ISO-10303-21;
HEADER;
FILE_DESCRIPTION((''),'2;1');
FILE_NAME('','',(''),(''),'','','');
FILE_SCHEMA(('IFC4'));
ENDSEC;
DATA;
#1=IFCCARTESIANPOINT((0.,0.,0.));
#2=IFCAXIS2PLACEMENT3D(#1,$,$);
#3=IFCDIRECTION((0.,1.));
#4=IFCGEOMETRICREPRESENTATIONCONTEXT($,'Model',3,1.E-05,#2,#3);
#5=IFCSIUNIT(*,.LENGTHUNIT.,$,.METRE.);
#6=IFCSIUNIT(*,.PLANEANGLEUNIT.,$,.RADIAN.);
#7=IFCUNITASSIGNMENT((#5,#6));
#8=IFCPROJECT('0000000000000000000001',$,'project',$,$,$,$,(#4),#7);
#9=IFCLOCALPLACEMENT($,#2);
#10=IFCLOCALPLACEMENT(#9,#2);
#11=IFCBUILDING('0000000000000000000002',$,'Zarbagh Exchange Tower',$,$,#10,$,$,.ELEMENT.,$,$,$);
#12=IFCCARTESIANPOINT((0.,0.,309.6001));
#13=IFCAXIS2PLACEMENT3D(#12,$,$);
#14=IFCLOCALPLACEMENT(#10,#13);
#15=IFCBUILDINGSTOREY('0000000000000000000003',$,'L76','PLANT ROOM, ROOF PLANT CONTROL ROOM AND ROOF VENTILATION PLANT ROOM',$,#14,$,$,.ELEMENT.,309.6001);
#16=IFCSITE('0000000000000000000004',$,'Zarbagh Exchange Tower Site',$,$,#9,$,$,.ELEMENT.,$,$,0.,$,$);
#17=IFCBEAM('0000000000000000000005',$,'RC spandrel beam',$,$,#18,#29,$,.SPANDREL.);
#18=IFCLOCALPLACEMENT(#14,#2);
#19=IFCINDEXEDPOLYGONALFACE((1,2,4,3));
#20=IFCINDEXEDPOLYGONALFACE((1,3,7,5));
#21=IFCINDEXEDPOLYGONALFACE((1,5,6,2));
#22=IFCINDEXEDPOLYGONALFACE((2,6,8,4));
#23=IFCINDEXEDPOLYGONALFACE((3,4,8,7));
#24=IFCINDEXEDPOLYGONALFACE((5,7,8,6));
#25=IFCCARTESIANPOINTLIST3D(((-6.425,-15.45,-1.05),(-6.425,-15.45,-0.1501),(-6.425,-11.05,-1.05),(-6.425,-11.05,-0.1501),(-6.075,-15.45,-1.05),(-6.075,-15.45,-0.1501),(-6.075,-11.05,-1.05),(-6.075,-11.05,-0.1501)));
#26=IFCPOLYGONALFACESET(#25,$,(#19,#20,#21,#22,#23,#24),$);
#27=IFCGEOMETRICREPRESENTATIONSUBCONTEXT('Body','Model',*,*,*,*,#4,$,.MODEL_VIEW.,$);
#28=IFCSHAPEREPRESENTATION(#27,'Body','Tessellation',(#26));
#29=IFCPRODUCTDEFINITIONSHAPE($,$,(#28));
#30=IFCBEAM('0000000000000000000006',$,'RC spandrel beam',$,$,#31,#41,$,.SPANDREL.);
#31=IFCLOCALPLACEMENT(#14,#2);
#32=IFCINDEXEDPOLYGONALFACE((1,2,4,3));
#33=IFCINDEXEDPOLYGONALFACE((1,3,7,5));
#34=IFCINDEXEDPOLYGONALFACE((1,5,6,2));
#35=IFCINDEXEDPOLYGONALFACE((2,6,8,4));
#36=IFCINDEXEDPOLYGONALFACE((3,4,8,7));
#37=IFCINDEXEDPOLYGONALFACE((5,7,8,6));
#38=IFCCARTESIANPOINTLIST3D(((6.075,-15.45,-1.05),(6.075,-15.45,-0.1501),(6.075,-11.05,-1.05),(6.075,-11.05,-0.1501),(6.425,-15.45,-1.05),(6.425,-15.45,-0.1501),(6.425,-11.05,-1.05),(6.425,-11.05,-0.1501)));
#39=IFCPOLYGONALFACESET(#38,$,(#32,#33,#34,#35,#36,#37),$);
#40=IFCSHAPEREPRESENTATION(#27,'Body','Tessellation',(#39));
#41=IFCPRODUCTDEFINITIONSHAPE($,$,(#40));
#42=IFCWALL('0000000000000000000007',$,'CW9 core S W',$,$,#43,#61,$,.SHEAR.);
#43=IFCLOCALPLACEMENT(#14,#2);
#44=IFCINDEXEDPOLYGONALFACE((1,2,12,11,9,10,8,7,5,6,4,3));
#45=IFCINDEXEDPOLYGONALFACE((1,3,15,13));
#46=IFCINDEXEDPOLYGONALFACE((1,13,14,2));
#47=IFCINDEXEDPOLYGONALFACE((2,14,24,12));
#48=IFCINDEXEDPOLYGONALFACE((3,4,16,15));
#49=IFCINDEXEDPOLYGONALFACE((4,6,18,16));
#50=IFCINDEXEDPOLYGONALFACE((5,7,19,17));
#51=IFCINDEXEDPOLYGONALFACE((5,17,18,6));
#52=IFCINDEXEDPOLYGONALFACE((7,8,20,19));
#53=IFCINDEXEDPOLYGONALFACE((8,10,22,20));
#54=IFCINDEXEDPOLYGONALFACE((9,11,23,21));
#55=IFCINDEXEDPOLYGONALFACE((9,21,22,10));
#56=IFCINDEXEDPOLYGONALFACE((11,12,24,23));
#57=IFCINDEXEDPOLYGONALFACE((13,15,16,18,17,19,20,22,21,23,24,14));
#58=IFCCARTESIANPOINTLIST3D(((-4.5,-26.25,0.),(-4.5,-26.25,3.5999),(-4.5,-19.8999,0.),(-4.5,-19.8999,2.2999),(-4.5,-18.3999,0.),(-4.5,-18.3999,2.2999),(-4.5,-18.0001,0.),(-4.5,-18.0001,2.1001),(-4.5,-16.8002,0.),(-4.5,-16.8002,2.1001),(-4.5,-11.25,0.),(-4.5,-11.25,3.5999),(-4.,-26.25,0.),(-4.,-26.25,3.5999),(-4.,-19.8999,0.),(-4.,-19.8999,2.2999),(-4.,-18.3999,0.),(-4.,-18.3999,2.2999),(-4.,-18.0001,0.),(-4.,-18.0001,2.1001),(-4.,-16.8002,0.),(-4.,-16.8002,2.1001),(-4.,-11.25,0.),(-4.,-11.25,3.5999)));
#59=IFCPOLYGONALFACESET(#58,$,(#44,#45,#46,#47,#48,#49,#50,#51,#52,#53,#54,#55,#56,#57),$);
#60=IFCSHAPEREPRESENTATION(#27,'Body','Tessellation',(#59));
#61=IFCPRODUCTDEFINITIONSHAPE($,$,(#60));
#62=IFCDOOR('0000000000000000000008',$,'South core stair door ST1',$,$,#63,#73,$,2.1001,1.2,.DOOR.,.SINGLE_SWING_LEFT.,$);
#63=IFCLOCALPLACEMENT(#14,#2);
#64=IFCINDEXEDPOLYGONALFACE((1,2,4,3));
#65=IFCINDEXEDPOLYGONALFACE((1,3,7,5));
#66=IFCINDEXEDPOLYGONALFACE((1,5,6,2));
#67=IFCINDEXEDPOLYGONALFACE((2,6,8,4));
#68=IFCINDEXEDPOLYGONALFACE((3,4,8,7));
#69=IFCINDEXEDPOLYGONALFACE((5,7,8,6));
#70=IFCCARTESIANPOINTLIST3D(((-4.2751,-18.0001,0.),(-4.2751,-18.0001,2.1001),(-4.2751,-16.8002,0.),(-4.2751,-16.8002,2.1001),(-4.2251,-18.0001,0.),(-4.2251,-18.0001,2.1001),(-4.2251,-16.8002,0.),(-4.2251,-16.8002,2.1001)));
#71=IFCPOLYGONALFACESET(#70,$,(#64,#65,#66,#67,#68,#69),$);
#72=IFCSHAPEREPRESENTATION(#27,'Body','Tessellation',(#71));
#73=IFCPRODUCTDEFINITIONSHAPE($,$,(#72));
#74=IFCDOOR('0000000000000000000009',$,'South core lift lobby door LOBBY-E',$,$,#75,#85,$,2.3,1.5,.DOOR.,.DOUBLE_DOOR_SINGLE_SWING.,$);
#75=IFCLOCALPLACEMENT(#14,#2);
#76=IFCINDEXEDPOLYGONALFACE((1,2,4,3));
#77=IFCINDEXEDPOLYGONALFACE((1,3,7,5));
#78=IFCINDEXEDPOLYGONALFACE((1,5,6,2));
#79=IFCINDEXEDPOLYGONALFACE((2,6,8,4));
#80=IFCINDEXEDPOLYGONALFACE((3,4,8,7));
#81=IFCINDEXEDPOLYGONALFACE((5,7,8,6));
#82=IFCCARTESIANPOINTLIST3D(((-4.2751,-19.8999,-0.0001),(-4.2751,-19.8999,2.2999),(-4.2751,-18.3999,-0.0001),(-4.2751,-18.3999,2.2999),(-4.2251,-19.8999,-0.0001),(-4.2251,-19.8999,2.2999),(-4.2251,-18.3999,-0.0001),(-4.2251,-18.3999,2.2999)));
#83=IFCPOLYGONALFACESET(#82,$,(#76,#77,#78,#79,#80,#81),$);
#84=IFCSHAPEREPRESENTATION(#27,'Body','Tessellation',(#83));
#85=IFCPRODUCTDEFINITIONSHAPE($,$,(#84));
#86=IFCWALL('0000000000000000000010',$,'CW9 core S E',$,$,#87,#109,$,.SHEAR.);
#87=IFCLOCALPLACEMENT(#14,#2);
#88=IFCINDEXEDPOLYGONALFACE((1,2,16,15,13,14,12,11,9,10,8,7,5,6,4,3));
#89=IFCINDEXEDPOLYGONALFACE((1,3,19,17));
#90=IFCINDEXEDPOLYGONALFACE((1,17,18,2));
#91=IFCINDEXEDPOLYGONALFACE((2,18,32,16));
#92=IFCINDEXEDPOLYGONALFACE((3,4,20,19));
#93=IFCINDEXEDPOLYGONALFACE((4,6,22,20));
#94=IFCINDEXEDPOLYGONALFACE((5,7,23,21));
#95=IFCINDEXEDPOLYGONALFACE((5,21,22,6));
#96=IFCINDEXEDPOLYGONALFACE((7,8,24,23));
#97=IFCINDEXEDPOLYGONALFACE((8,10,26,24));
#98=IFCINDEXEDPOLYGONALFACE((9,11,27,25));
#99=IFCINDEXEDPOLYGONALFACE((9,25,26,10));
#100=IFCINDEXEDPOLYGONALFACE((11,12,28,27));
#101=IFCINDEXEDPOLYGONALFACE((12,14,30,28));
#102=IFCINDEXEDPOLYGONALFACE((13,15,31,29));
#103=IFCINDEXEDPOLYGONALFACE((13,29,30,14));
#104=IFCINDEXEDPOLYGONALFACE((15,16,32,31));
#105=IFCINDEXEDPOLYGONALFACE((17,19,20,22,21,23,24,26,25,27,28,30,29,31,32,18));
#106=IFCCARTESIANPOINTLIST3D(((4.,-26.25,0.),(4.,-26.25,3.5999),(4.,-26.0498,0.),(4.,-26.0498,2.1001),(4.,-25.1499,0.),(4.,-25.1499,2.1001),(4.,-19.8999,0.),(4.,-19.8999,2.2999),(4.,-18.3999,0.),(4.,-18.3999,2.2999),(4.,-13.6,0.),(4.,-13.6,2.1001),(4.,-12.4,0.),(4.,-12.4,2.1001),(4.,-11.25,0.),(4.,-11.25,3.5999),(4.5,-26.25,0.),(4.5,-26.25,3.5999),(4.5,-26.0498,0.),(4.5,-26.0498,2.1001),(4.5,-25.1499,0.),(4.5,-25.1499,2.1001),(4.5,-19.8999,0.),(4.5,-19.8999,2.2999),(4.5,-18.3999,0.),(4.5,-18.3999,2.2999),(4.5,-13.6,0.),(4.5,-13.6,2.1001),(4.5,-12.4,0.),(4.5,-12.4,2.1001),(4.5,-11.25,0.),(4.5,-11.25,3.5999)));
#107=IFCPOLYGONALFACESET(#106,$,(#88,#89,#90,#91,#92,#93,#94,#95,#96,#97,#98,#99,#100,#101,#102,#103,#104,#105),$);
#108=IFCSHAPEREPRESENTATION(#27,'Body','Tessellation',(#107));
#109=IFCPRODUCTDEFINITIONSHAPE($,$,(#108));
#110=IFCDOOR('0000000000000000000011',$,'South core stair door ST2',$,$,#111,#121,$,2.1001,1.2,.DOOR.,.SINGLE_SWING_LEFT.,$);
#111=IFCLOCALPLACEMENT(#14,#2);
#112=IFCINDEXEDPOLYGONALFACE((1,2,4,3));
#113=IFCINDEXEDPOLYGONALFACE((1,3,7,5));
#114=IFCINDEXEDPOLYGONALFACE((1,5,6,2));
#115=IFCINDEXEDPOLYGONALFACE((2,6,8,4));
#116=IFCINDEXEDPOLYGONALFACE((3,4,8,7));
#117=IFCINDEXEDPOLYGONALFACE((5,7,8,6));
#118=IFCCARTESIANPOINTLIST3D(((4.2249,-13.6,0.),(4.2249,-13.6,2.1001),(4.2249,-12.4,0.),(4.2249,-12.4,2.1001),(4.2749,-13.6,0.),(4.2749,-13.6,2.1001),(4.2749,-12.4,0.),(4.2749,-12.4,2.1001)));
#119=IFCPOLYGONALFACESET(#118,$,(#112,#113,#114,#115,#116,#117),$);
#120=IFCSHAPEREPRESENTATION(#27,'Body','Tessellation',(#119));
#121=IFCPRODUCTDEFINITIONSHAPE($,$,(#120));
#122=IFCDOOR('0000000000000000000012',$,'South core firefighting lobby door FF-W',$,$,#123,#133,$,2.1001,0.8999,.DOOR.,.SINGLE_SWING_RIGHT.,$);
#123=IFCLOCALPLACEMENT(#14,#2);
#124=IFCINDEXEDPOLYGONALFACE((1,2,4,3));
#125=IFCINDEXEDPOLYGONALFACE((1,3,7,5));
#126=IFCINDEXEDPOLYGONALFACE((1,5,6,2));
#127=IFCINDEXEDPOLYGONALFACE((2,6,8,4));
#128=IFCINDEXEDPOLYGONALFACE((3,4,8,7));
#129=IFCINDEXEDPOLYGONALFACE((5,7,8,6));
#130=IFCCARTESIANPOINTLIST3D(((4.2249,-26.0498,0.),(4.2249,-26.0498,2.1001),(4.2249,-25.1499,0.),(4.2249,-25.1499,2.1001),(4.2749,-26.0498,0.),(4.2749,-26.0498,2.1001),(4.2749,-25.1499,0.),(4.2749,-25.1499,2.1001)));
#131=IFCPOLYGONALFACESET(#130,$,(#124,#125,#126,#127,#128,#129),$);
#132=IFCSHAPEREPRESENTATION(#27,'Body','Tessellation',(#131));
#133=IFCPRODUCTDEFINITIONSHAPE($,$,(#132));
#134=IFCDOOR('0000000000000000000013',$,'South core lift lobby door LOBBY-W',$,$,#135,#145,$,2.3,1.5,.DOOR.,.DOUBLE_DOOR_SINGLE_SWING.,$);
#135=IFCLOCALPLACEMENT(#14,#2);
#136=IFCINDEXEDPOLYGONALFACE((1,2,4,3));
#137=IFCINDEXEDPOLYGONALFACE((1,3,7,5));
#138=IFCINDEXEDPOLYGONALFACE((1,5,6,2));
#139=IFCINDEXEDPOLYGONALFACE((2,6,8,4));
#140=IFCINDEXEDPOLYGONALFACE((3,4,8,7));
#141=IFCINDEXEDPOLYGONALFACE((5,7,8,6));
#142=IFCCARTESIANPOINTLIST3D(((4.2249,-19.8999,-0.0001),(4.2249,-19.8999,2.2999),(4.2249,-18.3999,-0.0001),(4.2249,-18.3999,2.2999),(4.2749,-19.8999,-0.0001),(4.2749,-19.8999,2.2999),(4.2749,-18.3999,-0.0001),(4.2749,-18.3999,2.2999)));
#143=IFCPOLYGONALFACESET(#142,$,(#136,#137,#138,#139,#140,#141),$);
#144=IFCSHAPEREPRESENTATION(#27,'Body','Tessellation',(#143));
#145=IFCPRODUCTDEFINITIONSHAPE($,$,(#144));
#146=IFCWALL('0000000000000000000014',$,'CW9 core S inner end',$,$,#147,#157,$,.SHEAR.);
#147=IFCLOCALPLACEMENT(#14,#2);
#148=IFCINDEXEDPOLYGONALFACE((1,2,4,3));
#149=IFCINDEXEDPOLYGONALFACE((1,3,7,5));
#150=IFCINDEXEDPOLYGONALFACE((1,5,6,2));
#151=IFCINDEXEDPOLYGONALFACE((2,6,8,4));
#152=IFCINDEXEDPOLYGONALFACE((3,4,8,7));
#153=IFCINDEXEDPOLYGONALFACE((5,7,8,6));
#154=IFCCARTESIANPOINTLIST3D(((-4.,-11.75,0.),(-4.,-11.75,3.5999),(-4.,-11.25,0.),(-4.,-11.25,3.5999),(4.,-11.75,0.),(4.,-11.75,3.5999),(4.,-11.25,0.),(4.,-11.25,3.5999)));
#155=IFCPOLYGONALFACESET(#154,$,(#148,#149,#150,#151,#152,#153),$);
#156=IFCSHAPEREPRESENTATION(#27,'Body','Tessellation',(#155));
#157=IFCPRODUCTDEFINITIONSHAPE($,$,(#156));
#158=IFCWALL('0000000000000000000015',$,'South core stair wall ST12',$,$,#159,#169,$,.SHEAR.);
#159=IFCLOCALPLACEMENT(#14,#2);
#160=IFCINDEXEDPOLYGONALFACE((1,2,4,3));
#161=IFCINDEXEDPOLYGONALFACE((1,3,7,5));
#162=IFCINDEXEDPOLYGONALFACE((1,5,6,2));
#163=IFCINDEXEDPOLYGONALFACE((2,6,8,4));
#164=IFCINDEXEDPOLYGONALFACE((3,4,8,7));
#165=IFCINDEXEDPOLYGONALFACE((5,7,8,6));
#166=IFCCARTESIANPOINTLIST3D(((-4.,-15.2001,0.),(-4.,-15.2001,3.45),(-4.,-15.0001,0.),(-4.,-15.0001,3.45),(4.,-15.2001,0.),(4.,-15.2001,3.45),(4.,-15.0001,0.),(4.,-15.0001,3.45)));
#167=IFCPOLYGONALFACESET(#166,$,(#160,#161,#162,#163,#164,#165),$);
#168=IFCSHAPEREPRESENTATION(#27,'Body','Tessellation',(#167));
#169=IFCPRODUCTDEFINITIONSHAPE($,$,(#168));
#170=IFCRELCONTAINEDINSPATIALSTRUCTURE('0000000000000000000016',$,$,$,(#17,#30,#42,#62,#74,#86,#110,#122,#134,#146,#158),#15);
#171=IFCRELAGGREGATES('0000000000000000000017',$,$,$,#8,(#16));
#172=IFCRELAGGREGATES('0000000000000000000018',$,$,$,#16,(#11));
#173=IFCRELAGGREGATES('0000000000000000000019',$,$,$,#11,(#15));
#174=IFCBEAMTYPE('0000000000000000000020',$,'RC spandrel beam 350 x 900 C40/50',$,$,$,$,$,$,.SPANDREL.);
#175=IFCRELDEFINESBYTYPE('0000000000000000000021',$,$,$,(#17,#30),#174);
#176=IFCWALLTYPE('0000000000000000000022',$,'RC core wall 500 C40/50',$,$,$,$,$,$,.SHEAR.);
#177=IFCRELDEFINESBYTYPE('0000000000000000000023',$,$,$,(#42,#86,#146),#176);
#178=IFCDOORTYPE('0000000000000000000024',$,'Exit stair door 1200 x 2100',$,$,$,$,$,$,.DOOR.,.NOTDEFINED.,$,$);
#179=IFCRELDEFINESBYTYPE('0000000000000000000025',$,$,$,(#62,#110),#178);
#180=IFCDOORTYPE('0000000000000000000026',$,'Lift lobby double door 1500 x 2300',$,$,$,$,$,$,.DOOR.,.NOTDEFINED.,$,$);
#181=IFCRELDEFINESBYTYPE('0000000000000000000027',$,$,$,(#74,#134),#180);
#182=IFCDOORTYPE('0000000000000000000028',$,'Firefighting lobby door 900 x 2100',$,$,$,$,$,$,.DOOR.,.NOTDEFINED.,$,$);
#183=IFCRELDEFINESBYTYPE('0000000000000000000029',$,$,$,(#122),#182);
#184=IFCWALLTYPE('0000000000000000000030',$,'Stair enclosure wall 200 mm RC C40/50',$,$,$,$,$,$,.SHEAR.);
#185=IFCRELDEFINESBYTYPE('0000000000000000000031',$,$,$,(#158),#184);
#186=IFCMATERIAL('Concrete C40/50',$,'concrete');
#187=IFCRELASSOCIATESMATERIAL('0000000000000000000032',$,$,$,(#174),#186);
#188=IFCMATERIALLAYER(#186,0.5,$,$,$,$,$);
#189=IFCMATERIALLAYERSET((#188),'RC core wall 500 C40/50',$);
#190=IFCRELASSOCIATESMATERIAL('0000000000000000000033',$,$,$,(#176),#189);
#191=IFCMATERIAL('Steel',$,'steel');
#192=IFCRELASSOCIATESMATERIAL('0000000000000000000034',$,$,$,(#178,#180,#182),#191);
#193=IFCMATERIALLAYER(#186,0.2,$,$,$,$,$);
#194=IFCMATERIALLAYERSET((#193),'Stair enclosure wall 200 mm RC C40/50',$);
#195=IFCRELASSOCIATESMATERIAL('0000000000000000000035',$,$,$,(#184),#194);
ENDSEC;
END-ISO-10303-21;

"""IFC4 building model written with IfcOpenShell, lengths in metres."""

from ifc_helpers import new_model, si_unit, direction, frame, frame_2d, origin, origin_2d, place, context, subcontext, project, spatial, rectangle, extrude, material, layer, layer_set, material_profile, profile_set, type_object, element, fill, save


model = new_model("IFC4")

# Units and contexts
model_context = context("Model", 3, precision=1e-05, world=origin(), true_north=direction((0.0, 1.0)))
body_context = subcontext(model_context, "Body", "Model", "MODEL_VIEW")
ifc_project = project(units=[si_unit("LENGTHUNIT", "METRE"), si_unit("PLANEANGLEUNIT", "RADIAN")], contexts=[model_context])

# Site, building, storey
site_placement = place(None, origin())
site = spatial("IfcSite", under=ifc_project, at=site_placement, Name="Zarbagh Exchange Tower Site", CompositionType="ELEMENT", RefElevation=0.0)
building_placement = place(site_placement, origin())
building = spatial("IfcBuilding", under=site, at=building_placement, Name="Zarbagh Exchange Tower", CompositionType="ELEMENT")
storey_placement = place(building_placement, frame((0.0, 0.0, 309.6001)))
storey = spatial("IfcBuildingStorey", under=building, at=storey_placement, Name="L76", Description="PLANT ROOM, ROOF PLANT CONTROL ROOM AND ROOF VENTILATION PLANT ROOM", CompositionType="ELEMENT", Elevation=309.6001)

# Beams
ifc_material_1 = material(Name="Concrete C40/50", Category="concrete")
ifc_material_profile = material_profile(ifc_material_1, rectangle(XDim=0.3501, YDim=0.8999, at=origin_2d()), Name="RC spandrel beam 350 x 900 C40/50")
ifc_profile_set = profile_set([ifc_material_profile], Name="Concrete C40/50")
beam_type = type_object("IfcBeamType", Name="RC spandrel beam 350 x 900 C40/50", PredefinedType="SPANDREL", material=ifc_profile_set)
for number, where, z_axis, x_axis, name in (
    (1, (-6.25, -15.45, -0.6001), (0.0, 1.0, 0.0), (-1.0, 0.0, 0.0), "RC spandrel beam"),
    (2, (6.25, -11.05, -0.6001), (0.0, -1.0, 0.0), (1.0, 0.0, 0.0), "RC spandrel beam"),
):
    element("IfcBeam", number, at=place(storey_placement, frame(where, z_axis=z_axis, x_axis=x_axis)), inside=storey, type_object=beam_type, Name=name, PredefinedType="SPANDREL", context=body_context, shape_type="SweptSolid", body=[
        extrude(rectangle(XDim=0.3501, YDim=0.8999, at=origin_2d()), origin(), (0.0, 0.0, 1.0), 4.3999),
    ])

# Walls, openings, doors
ifc_layer_1 = layer(ifc_material_1, 0.5)
ifc_layer_set_1 = layer_set([ifc_layer_1], Name="RC core wall 500 C40/50")
wall_type_1 = type_object("IfcWallType", Name="RC core wall 500 C40/50", PredefinedType="SHEAR", material=ifc_layer_set_1)
wall_1_placement = place(storey_placement, frame((-4.25, -11.25, 0.0), z_axis=(0.0, 0.0, 1.0), x_axis=(0.0, -1.0, 0.0)))
wall_1 = element("IfcWall", 3, at=wall_1_placement, inside=storey, type_object=wall_type_1, Name="CW9 core S W", PredefinedType="SHEAR", context=body_context, shape_type="SweptSolid", body=[
    extrude(rectangle(XDim=15.0, YDim=0.5, at=frame_2d((7.5, 0.0))), origin(), (0.0, 0.0, 1.0), 3.5999),
])
opening_1_placement = place(wall_1_placement, frame((7.1499, 0.0, 0.0)))
opening_1 = element("IfcOpeningElement", 4, at=opening_1_placement, cuts=wall_1, PredefinedType="OPENING", context=body_context, shape_type="SweptSolid", body=[
    extrude(rectangle(XDim=1.5, YDim=2.3, at=frame_2d((0.75, 1.1499))), frame((0.0, 0.26, 0.0), z_axis=(0.0, -1.0, 0.0), x_axis=(1.0, 0.0, 0.0)), (0.0, 0.0, 1.0), 0.52),
])
opening_2_placement = place(wall_1_placement, frame((5.55, 0.0, 0.0)))
opening_2 = element("IfcOpeningElement", 5, at=opening_2_placement, cuts=wall_1, PredefinedType="OPENING", context=body_context, shape_type="SweptSolid", body=[
    extrude(rectangle(XDim=1.2, YDim=2.1001, at=frame_2d((0.6001, 1.05))), frame((0.0, 0.26, 0.0), z_axis=(0.0, -1.0, 0.0), x_axis=(1.0, 0.0, 0.0)), (0.0, 0.0, 1.0), 0.52),
])
ifc_material_2 = material(Name="Steel", Category="steel")
door_type_1 = type_object("IfcDoorType", Name="Exit stair door 1200 x 2100", OperationType="NOTDEFINED", PredefinedType="DOOR", material=ifc_material_2)
door_1_placement = place(opening_2_placement, origin())
door_1 = element("IfcDoor", 6, at=door_1_placement, inside=storey, type_object=door_type_1, Name="South core stair door ST1", OperationType="SINGLE_SWING_LEFT", OverallHeight=2.1001, OverallWidth=1.2, PredefinedType="DOOR", context=body_context, shape_type="SweptSolid", body=[
    extrude(rectangle(XDim=1.2, YDim=2.1001, at=frame_2d((0.6001, 1.05))), frame((0.0, 0.0249, 0.0), z_axis=(0.0, -1.0, 0.0), x_axis=(1.0, 0.0, 0.0)), (0.0, 0.0, 1.0), 0.05),
])
fill(opening_2, door_1)
door_type_2 = type_object("IfcDoorType", Name="Lift lobby double door 1500 x 2300", OperationType="NOTDEFINED", PredefinedType="DOOR", material=ifc_material_2)
door_2_placement = place(opening_1_placement, origin())
door_2 = element("IfcDoor", 7, at=door_2_placement, inside=storey, type_object=door_type_2, Name="South core lift lobby door LOBBY-E", OperationType="DOUBLE_DOOR_SINGLE_SWING", OverallHeight=2.3, OverallWidth=1.5, PredefinedType="DOOR", context=body_context, shape_type="SweptSolid", body=[
    extrude(rectangle(XDim=1.5, YDim=2.3, at=frame_2d((0.75, 1.1499))), frame((0.0, 0.0249, 0.0), z_axis=(0.0, -1.0, 0.0), x_axis=(1.0, 0.0, 0.0)), (0.0, 0.0, 1.0), 0.05),
])
fill(opening_1, door_2)
wall_2_placement = place(storey_placement, frame((4.25, -11.25, 0.0), z_axis=(0.0, 0.0, 1.0), x_axis=(0.0, -1.0, 0.0)))
wall_2 = element("IfcWall", 8, at=wall_2_placement, inside=storey, type_object=wall_type_1, Name="CW9 core S E", PredefinedType="SHEAR", context=body_context, shape_type="SweptSolid", body=[
    extrude(rectangle(XDim=15.0, YDim=0.5, at=frame_2d((7.5, 0.0))), origin(), (0.0, 0.0, 1.0), 3.5999),
])
opening_3_placement = place(wall_2_placement, frame((7.1499, 0.0, 0.0)))
opening_3 = element("IfcOpeningElement", 9, at=opening_3_placement, cuts=wall_2, PredefinedType="OPENING", context=body_context, shape_type="SweptSolid", body=[
    extrude(rectangle(XDim=1.5, YDim=2.3, at=frame_2d((0.75, 1.1499))), frame((0.0, 0.26, 0.0), z_axis=(0.0, -1.0, 0.0), x_axis=(1.0, 0.0, 0.0)), (0.0, 0.0, 1.0), 0.52),
])
opening_4_placement = place(wall_2_placement, frame((13.8999, 0.0, 0.0)))
opening_4 = element("IfcOpeningElement", 10, at=opening_4_placement, cuts=wall_2, PredefinedType="OPENING", context=body_context, shape_type="SweptSolid", body=[
    extrude(rectangle(XDim=0.8999, YDim=2.1001, at=frame_2d((0.45, 1.05))), frame((0.0, 0.26, 0.0), z_axis=(0.0, -1.0, 0.0), x_axis=(1.0, 0.0, 0.0)), (0.0, 0.0, 1.0), 0.52),
])
opening_5_placement = place(wall_2_placement, frame((1.1499, 0.0, 0.0)))
opening_5 = element("IfcOpeningElement", 11, at=opening_5_placement, cuts=wall_2, PredefinedType="OPENING", context=body_context, shape_type="SweptSolid", body=[
    extrude(rectangle(XDim=1.2, YDim=2.1001, at=frame_2d((0.6001, 1.05))), frame((0.0, 0.26, 0.0), z_axis=(0.0, -1.0, 0.0), x_axis=(1.0, 0.0, 0.0)), (0.0, 0.0, 1.0), 0.52),
])
door_3_placement = place(opening_5_placement, origin())
door_3 = element("IfcDoor", 12, at=door_3_placement, inside=storey, type_object=door_type_1, Name="South core stair door ST2", OperationType="SINGLE_SWING_LEFT", OverallHeight=2.1001, OverallWidth=1.2, PredefinedType="DOOR", context=body_context, shape_type="SweptSolid", body=[
    extrude(rectangle(XDim=1.2, YDim=2.1001, at=frame_2d((0.6001, 1.05))), frame((0.0, 0.0249, 0.0), z_axis=(0.0, -1.0, 0.0), x_axis=(1.0, 0.0, 0.0)), (0.0, 0.0, 1.0), 0.05),
])
fill(opening_5, door_3)
door_type_3 = type_object("IfcDoorType", Name="Firefighting lobby door 900 x 2100", OperationType="NOTDEFINED", PredefinedType="DOOR", material=ifc_material_2)
door_4_placement = place(opening_4_placement, origin())
door_4 = element("IfcDoor", 13, at=door_4_placement, inside=storey, type_object=door_type_3, Name="South core firefighting lobby door FF-W", OperationType="SINGLE_SWING_RIGHT", OverallHeight=2.1001, OverallWidth=0.8999, PredefinedType="DOOR", context=body_context, shape_type="SweptSolid", body=[
    extrude(rectangle(XDim=0.8999, YDim=2.1001, at=frame_2d((0.45, 1.05))), frame((0.0, 0.0249, 0.0), z_axis=(0.0, -1.0, 0.0), x_axis=(1.0, 0.0, 0.0)), (0.0, 0.0, 1.0), 0.05),
])
fill(opening_4, door_4)
door_5_placement = place(opening_3_placement, origin())
door_5 = element("IfcDoor", 14, at=door_5_placement, inside=storey, type_object=door_type_2, Name="South core lift lobby door LOBBY-W", OperationType="DOUBLE_DOOR_SINGLE_SWING", OverallHeight=2.3, OverallWidth=1.5, PredefinedType="DOOR", context=body_context, shape_type="SweptSolid", body=[
    extrude(rectangle(XDim=1.5, YDim=2.3, at=frame_2d((0.75, 1.1499))), frame((0.0, 0.0249, 0.0), z_axis=(0.0, -1.0, 0.0), x_axis=(1.0, 0.0, 0.0)), (0.0, 0.0, 1.0), 0.05),
])
fill(opening_3, door_5)

# Walls
wall_3_placement = place(storey_placement, frame((-4.0, -11.5, 0.0), z_axis=(0.0, 0.0, 1.0), x_axis=(1.0, 0.0, 0.0)))
element("IfcWall", 15, at=wall_3_placement, inside=storey, type_object=wall_type_1, Name="CW9 core S inner end", PredefinedType="SHEAR", context=body_context, shape_type="SweptSolid", body=[
    extrude(rectangle(XDim=8.0, YDim=0.5, at=frame_2d((4.0, 0.0))), origin(), (0.0, 0.0, 1.0), 3.5999),
])
ifc_layer_2 = layer(ifc_material_1, 0.2)
ifc_layer_set_2 = layer_set([ifc_layer_2], Name="Stair enclosure wall 200 mm RC C40/50")
wall_type_2 = type_object("IfcWallType", Name="Stair enclosure wall 200 mm RC C40/50", PredefinedType="SHEAR", material=ifc_layer_set_2)
wall_4_placement = place(storey_placement, frame((4.0, -15.1001, 0.0), z_axis=(0.0, 0.0, 1.0), x_axis=(-1.0, 0.0, 0.0)))
element("IfcWall", 16, at=wall_4_placement, inside=storey, type_object=wall_type_2, Name="South core stair wall ST12", PredefinedType="SHEAR", context=body_context, shape_type="SweptSolid", body=[
    extrude(rectangle(XDim=8.0, YDim=0.2, at=frame_2d((4.0, 0.0))), origin(), (0.0, 0.0, 1.0), 3.45),
])

save(model, "model.ifc")
